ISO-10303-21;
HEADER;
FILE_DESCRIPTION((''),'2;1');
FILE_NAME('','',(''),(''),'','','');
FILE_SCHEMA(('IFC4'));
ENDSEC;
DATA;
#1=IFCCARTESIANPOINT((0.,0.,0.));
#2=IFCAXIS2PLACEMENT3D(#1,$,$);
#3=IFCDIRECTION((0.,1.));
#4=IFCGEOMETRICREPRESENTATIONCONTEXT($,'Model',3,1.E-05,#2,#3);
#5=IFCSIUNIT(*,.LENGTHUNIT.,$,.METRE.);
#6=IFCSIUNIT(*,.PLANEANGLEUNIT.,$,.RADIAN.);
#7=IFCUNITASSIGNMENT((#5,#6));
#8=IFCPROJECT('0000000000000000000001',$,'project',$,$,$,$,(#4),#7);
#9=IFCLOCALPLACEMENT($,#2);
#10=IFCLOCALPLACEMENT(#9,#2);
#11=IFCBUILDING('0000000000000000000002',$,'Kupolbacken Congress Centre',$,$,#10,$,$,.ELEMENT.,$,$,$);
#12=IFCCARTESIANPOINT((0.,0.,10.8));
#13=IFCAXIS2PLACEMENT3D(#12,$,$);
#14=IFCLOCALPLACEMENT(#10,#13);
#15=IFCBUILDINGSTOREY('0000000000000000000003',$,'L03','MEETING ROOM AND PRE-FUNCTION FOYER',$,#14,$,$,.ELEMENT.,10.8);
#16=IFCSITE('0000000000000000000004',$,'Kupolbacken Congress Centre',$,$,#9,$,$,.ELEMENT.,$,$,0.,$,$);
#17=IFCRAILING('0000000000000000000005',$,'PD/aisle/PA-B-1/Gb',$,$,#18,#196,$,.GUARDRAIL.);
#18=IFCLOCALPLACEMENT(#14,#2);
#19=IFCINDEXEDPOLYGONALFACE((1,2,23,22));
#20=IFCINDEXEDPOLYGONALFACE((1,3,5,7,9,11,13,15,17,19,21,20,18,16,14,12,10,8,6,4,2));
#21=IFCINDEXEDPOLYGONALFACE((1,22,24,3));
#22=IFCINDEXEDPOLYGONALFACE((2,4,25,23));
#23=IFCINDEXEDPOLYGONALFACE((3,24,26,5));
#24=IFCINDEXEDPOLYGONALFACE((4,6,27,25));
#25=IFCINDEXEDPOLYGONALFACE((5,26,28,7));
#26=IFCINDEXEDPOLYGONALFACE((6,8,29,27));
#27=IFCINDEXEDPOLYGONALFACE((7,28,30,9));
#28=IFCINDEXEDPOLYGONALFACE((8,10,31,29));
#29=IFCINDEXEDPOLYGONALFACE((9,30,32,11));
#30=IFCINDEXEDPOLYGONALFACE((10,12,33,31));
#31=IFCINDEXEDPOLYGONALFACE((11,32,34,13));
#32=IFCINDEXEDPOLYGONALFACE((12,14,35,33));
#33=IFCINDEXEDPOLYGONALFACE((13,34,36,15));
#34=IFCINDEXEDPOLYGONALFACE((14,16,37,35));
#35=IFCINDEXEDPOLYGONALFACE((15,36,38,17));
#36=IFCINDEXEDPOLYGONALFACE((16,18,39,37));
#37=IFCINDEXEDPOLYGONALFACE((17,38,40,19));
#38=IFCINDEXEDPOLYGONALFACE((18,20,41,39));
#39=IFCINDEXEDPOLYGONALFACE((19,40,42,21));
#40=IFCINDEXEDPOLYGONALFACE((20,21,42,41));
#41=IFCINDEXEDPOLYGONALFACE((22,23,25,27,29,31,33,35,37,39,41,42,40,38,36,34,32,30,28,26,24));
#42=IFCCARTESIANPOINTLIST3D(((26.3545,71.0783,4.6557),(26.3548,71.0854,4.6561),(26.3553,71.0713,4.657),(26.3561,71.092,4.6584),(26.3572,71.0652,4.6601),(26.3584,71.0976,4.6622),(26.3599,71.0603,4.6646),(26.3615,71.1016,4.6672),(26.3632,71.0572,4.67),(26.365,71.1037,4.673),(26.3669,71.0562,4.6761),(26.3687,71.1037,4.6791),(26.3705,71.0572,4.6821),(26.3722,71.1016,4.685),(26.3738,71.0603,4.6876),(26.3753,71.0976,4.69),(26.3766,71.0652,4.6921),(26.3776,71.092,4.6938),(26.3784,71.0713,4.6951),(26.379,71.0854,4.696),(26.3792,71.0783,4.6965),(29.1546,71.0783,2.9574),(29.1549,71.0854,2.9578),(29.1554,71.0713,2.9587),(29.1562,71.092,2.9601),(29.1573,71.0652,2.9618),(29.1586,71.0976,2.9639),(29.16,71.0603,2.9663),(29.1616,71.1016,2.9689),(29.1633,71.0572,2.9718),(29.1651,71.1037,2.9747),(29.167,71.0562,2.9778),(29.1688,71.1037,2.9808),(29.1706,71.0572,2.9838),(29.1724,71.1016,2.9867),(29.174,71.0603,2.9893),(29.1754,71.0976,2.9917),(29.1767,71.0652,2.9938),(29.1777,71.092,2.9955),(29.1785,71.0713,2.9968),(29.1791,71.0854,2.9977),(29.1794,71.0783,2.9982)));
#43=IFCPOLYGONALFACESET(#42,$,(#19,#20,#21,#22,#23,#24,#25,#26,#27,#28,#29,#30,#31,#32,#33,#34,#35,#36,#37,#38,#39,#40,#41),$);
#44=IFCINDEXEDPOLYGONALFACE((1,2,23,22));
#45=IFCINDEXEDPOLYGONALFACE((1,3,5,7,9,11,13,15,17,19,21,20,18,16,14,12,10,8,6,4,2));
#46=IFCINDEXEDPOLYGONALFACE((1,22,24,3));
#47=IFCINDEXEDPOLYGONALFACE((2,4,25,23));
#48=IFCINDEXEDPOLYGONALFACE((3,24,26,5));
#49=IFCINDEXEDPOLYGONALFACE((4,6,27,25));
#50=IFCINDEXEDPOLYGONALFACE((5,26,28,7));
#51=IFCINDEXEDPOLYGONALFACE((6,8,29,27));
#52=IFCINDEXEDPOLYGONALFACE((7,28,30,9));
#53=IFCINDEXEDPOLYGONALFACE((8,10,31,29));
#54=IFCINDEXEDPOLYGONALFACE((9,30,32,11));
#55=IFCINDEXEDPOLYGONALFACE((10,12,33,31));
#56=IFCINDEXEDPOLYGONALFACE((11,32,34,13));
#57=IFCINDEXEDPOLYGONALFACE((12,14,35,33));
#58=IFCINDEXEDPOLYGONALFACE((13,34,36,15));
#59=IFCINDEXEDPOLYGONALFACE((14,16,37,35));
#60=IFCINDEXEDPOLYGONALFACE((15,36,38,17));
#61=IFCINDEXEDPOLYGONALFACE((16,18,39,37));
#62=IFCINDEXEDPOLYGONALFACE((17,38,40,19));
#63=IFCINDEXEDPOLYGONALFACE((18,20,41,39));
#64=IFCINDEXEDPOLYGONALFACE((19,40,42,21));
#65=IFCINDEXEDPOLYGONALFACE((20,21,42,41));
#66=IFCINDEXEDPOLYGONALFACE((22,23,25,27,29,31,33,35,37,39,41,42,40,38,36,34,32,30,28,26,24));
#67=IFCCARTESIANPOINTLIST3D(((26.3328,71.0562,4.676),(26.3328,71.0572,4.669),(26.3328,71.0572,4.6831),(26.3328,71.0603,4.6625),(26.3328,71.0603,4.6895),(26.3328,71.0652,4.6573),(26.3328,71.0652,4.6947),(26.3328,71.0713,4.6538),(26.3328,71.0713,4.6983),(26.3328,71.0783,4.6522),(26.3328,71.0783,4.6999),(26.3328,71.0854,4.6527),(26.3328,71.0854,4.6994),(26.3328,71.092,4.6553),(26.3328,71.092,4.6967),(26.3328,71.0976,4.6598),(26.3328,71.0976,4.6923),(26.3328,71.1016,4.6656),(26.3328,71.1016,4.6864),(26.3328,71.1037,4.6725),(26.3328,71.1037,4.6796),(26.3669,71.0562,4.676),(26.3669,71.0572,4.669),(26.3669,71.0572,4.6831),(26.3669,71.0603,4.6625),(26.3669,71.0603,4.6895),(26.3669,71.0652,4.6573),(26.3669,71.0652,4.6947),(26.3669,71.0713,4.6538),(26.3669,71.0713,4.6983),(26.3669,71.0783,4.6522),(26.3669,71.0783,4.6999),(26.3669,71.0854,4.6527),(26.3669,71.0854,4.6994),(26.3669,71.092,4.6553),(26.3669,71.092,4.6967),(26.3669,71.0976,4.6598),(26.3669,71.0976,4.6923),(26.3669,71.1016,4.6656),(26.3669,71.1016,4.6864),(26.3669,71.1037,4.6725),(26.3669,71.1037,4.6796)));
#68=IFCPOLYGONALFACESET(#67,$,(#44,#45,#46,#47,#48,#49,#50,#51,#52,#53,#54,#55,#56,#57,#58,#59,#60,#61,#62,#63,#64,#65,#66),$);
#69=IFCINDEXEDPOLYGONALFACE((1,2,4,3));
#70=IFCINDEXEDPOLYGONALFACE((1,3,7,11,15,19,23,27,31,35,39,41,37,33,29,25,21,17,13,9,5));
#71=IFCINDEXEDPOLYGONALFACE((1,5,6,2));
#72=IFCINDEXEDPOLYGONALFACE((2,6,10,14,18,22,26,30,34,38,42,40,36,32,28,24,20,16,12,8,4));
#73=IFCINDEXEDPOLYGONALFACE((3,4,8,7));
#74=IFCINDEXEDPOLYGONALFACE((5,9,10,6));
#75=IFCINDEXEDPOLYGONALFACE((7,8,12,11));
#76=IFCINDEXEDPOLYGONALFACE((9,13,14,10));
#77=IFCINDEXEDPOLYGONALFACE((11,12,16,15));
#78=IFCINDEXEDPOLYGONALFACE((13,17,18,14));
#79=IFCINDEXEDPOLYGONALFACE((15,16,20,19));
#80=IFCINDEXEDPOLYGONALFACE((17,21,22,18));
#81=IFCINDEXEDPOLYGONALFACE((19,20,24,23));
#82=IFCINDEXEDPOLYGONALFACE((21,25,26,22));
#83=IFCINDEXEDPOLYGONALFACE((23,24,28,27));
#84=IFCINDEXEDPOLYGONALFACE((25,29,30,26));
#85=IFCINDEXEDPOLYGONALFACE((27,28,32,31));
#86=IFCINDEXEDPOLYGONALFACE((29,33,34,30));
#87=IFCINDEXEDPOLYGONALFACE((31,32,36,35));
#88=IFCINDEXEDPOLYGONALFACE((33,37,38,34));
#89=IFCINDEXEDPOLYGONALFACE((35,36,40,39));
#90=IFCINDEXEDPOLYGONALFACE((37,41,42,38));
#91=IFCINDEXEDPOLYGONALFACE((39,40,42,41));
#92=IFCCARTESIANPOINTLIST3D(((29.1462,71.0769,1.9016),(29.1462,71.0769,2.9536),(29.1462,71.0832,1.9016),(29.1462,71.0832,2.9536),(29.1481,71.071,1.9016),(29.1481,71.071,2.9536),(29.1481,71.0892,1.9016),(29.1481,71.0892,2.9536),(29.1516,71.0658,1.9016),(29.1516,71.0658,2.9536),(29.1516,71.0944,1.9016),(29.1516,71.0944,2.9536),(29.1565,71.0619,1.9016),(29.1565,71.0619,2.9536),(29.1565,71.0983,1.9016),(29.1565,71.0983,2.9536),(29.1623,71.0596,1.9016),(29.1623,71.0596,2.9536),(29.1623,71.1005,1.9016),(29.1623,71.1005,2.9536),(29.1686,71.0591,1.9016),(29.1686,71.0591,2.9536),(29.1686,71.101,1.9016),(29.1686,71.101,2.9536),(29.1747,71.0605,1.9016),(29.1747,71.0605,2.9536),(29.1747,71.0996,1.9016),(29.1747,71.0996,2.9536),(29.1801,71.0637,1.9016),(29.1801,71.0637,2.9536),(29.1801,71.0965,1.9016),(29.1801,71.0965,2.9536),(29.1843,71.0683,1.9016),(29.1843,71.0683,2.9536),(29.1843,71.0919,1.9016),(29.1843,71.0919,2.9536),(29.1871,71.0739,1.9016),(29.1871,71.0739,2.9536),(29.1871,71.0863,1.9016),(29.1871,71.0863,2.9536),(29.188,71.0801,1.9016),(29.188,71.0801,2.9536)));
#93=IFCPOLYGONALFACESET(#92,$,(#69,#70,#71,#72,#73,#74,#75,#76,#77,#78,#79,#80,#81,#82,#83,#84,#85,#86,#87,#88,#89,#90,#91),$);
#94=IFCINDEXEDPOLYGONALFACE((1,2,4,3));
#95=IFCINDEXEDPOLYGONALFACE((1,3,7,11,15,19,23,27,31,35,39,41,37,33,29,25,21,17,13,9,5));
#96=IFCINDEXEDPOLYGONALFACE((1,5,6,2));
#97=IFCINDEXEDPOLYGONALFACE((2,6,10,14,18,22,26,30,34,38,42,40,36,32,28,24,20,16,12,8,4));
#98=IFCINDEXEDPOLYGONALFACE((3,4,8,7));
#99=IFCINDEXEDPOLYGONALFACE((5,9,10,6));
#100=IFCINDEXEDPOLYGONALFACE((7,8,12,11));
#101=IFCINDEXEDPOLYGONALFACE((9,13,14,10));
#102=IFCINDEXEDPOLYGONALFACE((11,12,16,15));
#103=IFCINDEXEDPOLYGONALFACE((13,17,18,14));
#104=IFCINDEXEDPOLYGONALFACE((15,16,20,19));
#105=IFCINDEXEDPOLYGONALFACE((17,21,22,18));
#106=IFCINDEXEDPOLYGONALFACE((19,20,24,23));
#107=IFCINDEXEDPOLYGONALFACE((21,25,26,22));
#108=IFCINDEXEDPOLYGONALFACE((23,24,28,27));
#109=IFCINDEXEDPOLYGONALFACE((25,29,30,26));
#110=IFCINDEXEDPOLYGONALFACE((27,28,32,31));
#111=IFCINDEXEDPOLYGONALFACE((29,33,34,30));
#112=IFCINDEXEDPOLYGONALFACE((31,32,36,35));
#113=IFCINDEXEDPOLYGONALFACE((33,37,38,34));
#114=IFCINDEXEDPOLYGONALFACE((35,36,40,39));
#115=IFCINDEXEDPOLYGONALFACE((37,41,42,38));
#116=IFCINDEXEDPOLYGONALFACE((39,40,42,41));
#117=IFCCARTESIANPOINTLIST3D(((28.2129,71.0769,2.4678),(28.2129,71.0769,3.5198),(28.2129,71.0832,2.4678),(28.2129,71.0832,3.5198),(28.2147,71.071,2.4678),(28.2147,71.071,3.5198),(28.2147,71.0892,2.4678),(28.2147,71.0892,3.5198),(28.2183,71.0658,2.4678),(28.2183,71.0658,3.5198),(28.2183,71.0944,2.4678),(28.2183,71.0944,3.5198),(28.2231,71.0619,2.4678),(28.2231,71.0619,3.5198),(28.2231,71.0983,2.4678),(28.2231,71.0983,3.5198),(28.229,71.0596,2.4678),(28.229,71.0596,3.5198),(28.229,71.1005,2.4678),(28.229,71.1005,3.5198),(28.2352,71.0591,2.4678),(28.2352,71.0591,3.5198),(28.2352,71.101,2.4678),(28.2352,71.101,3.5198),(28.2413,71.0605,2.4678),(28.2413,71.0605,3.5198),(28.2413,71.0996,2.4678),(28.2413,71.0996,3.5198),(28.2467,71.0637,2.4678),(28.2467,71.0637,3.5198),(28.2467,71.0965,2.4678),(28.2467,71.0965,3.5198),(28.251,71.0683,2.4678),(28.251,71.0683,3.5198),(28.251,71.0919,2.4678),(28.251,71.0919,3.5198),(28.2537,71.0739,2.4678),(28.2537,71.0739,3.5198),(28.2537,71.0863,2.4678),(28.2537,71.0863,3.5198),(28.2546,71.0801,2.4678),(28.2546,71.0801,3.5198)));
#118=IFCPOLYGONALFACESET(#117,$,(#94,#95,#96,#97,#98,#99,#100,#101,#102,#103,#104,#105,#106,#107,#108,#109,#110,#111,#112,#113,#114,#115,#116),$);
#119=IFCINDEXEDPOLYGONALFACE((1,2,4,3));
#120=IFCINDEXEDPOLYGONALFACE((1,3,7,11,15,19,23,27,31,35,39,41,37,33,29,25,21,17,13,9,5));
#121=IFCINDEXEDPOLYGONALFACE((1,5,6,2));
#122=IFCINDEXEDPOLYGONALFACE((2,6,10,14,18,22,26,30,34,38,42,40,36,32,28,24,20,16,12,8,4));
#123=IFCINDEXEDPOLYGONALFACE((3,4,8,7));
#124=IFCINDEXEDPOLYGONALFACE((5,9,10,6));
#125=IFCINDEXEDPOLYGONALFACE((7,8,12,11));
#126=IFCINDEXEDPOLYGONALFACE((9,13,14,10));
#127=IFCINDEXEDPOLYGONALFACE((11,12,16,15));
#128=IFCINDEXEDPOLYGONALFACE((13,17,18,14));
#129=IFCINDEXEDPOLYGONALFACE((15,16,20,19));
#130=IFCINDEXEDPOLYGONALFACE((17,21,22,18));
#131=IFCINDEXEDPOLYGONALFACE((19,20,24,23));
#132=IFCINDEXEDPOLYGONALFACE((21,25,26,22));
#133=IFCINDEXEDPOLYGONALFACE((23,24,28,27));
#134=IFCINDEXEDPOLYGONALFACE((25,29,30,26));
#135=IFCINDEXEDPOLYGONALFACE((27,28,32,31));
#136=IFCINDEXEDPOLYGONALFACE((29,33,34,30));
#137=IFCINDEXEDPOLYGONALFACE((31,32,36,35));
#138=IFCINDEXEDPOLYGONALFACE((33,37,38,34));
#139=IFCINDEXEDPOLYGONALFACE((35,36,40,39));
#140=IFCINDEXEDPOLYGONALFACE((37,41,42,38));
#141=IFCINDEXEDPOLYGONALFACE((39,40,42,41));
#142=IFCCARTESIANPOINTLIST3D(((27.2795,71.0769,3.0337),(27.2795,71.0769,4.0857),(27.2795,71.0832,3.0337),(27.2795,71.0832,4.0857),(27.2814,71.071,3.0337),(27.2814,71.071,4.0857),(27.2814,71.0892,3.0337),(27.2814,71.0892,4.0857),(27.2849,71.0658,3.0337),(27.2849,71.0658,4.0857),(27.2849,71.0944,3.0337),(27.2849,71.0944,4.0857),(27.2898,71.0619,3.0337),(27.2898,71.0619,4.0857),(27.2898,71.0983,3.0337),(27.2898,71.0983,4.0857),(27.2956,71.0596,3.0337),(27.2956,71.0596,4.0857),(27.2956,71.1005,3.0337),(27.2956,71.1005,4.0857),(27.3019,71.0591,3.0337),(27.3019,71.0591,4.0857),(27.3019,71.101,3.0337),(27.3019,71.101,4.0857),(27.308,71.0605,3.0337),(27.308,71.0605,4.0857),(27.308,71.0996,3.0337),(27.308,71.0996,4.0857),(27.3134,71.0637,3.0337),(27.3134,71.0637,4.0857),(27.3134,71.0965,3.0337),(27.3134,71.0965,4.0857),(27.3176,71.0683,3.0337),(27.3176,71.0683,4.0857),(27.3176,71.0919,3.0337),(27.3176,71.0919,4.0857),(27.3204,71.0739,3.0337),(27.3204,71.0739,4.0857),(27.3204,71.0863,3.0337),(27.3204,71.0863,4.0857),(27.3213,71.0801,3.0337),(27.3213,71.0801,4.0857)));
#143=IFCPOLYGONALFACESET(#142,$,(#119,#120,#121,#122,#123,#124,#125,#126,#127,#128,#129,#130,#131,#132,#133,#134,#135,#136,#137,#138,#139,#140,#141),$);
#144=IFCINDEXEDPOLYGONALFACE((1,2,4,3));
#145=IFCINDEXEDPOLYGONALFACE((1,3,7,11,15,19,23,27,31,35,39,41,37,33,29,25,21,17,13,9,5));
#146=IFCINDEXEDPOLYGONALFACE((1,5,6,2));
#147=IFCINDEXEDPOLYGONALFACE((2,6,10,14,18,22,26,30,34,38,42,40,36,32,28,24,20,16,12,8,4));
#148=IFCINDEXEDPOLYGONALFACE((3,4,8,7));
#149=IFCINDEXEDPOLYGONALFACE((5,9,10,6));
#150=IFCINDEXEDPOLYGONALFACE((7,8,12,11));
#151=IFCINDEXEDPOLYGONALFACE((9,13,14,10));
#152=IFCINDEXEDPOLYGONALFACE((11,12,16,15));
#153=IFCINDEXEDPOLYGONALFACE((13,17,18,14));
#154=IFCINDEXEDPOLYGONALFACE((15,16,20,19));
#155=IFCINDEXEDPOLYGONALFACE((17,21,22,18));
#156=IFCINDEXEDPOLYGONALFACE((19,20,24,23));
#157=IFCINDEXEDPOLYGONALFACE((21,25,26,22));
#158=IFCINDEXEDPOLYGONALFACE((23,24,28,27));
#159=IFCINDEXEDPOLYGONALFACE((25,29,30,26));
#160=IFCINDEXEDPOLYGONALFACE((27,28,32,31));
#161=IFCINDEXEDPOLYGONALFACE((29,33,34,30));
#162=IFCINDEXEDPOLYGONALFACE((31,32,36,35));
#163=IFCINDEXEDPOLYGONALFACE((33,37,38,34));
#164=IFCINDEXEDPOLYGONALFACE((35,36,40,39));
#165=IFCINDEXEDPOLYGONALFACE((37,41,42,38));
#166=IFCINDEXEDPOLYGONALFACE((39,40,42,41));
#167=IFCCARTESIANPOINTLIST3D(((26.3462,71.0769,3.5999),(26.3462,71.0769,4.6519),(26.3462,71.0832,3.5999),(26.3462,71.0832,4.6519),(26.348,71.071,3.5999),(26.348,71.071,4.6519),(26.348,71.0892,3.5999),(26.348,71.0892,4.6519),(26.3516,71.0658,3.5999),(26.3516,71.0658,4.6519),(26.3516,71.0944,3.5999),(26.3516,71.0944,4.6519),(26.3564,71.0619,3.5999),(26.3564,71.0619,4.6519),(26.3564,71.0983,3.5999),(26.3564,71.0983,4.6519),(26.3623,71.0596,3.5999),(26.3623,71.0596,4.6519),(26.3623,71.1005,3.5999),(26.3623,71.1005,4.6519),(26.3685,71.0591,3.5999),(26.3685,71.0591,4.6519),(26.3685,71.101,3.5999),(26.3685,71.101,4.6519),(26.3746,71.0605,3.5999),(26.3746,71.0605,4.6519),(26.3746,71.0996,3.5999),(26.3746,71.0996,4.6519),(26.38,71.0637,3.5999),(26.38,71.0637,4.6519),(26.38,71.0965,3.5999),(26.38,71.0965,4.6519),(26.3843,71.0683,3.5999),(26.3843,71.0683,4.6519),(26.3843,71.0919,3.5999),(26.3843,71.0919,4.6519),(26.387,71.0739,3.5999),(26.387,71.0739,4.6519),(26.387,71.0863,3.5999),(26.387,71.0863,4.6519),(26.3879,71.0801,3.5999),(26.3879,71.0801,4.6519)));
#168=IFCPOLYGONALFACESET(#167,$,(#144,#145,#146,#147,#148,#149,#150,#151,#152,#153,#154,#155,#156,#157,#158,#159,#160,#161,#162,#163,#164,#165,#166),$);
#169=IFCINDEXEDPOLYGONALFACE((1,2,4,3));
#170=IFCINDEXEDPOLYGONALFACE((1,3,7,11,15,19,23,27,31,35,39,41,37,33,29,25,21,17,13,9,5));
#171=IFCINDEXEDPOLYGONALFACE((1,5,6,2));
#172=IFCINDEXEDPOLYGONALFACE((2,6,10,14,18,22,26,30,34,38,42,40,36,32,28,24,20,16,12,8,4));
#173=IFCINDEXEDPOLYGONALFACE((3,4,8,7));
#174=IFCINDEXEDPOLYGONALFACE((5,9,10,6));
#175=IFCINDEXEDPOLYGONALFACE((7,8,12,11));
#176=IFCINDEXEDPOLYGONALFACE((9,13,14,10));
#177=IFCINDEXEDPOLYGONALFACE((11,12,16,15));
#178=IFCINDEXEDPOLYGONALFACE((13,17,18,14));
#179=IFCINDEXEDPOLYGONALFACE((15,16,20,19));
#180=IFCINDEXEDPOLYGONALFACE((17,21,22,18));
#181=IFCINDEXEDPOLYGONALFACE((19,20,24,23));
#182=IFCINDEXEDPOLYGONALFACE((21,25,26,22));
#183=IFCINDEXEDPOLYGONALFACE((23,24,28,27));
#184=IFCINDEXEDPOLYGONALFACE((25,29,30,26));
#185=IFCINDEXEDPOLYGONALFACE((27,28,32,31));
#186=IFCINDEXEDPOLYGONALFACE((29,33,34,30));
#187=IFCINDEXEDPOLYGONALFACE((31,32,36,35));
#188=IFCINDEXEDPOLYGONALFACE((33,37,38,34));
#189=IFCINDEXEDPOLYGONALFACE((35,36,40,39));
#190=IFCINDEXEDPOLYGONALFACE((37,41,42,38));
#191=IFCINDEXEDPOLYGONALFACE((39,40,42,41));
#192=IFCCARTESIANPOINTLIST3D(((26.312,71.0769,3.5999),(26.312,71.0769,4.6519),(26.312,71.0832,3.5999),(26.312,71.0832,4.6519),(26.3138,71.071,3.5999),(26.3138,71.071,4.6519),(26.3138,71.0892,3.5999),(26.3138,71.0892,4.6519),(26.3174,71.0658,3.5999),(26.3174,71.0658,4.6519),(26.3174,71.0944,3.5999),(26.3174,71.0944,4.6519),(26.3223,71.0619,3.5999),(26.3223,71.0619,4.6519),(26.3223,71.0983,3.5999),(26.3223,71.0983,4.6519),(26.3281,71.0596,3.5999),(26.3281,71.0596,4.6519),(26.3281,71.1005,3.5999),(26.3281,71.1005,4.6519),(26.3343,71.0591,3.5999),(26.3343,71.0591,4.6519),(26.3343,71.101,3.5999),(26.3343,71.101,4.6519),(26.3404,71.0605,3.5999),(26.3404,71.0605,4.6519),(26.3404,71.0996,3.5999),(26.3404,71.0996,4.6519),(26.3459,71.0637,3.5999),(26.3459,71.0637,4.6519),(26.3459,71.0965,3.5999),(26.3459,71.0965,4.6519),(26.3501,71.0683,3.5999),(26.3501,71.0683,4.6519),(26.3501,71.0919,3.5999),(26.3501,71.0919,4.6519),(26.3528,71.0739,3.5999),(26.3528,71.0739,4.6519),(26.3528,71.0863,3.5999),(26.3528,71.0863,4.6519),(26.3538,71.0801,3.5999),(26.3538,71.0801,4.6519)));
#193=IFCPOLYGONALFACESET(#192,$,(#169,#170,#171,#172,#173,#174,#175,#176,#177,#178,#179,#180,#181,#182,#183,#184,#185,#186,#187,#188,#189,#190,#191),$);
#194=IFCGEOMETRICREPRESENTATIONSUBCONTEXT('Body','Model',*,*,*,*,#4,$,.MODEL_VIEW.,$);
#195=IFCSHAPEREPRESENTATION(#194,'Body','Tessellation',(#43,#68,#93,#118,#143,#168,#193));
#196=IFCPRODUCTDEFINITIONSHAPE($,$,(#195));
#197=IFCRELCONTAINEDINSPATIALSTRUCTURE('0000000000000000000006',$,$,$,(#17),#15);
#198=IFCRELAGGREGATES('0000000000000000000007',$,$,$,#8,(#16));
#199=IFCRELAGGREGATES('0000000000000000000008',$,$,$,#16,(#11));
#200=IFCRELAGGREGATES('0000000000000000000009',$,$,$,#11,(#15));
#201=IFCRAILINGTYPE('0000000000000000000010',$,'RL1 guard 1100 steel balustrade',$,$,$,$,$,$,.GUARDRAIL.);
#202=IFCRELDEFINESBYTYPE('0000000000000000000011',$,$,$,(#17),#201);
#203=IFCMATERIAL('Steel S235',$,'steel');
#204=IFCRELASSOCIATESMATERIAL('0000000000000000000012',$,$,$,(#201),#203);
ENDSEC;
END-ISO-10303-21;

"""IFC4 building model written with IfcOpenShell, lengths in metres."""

from ifc_helpers import new_model, si_unit, direction, frame, origin, origin_2d, place, context, subcontext, project, spatial, circle, extrude, material, type_object, element, save


model = new_model("IFC4")

# Units and contexts
model_context = context("Model", 3, precision=1e-05, world=origin(), true_north=direction((0.0, 1.0)))
body_context = subcontext(model_context, "Body", "Model", "MODEL_VIEW")
ifc_project = project(units=[si_unit("LENGTHUNIT", "METRE"), si_unit("PLANEANGLEUNIT", "RADIAN")], contexts=[model_context])

# Site, building, storey
site_placement = place(None, origin())
site = spatial("IfcSite", under=ifc_project, at=site_placement, Name="Kupolbacken Congress Centre", CompositionType="ELEMENT", RefElevation=0.0)
building_placement = place(site_placement, origin())
building = spatial("IfcBuilding", under=site, at=building_placement, Name="Kupolbacken Congress Centre", CompositionType="ELEMENT")
storey_placement = place(building_placement, frame((0.0, 0.0, 10.8)))
storey = spatial("IfcBuildingStorey", under=building, at=storey_placement, Name="L03", Description="MEETING ROOM AND PRE-FUNCTION FOYER", CompositionType="ELEMENT", Elevation=10.8)

# Railing
ifc_material_1 = material(Name="Steel S235", Category="steel")
railing_type_1 = type_object("IfcRailingType", Name="RL1 guard 1100 steel balustrade", PredefinedType="GUARDRAIL", material=ifc_material_1)
railing_1_placement = place(storey_placement, frame((29.167, 71.0801, 1.9016)))
element("IfcRailing", 1, at=railing_1_placement, inside=storey, type_object=railing_type_1, Name="PD/aisle/PA-B-1/Gb", PredefinedType="GUARDRAIL", context=body_context, shape_type="SweptSolid", body=[
    extrude(circle(Radius=0.0239, at=origin_2d()), frame((0.0, 0.0, 1.0762), z_axis=(-0.85503, 0.0, 0.518579), x_axis=(0.0, -1.0, 0.0)), (0.0, 0.0, 1.0), 3.2749),
    extrude(circle(Radius=0.0239, at=origin_2d()), frame((-2.8, 0.0, 2.7744), z_axis=(-1.0, 0.0, 0.0), x_axis=(0.0, -1.0, 0.0)), (0.0, 0.0, 1.0), 0.0342),
    extrude(circle(Radius=0.021, at=origin_2d()), origin(), (0.0, 0.0, 1.0), 1.052),
    extrude(circle(Radius=0.021, at=origin_2d()), frame((-0.9333, 0.0, 0.5662)), (0.0, 0.0, 1.0), 1.052),
    extrude(circle(Radius=0.021, at=origin_2d()), frame((-1.8667, 0.0, 1.1321)), (0.0, 0.0, 1.0), 1.052),
    extrude(circle(Radius=0.021, at=origin_2d()), frame((-2.8, 0.0, 1.6982)), (0.0, 0.0, 1.0), 1.052),
    extrude(circle(Radius=0.021, at=origin_2d()), frame((-2.8342, 0.0, 1.6982)), (0.0, 0.0, 1.0), 1.052),
])

save(model, "model.ifc")
